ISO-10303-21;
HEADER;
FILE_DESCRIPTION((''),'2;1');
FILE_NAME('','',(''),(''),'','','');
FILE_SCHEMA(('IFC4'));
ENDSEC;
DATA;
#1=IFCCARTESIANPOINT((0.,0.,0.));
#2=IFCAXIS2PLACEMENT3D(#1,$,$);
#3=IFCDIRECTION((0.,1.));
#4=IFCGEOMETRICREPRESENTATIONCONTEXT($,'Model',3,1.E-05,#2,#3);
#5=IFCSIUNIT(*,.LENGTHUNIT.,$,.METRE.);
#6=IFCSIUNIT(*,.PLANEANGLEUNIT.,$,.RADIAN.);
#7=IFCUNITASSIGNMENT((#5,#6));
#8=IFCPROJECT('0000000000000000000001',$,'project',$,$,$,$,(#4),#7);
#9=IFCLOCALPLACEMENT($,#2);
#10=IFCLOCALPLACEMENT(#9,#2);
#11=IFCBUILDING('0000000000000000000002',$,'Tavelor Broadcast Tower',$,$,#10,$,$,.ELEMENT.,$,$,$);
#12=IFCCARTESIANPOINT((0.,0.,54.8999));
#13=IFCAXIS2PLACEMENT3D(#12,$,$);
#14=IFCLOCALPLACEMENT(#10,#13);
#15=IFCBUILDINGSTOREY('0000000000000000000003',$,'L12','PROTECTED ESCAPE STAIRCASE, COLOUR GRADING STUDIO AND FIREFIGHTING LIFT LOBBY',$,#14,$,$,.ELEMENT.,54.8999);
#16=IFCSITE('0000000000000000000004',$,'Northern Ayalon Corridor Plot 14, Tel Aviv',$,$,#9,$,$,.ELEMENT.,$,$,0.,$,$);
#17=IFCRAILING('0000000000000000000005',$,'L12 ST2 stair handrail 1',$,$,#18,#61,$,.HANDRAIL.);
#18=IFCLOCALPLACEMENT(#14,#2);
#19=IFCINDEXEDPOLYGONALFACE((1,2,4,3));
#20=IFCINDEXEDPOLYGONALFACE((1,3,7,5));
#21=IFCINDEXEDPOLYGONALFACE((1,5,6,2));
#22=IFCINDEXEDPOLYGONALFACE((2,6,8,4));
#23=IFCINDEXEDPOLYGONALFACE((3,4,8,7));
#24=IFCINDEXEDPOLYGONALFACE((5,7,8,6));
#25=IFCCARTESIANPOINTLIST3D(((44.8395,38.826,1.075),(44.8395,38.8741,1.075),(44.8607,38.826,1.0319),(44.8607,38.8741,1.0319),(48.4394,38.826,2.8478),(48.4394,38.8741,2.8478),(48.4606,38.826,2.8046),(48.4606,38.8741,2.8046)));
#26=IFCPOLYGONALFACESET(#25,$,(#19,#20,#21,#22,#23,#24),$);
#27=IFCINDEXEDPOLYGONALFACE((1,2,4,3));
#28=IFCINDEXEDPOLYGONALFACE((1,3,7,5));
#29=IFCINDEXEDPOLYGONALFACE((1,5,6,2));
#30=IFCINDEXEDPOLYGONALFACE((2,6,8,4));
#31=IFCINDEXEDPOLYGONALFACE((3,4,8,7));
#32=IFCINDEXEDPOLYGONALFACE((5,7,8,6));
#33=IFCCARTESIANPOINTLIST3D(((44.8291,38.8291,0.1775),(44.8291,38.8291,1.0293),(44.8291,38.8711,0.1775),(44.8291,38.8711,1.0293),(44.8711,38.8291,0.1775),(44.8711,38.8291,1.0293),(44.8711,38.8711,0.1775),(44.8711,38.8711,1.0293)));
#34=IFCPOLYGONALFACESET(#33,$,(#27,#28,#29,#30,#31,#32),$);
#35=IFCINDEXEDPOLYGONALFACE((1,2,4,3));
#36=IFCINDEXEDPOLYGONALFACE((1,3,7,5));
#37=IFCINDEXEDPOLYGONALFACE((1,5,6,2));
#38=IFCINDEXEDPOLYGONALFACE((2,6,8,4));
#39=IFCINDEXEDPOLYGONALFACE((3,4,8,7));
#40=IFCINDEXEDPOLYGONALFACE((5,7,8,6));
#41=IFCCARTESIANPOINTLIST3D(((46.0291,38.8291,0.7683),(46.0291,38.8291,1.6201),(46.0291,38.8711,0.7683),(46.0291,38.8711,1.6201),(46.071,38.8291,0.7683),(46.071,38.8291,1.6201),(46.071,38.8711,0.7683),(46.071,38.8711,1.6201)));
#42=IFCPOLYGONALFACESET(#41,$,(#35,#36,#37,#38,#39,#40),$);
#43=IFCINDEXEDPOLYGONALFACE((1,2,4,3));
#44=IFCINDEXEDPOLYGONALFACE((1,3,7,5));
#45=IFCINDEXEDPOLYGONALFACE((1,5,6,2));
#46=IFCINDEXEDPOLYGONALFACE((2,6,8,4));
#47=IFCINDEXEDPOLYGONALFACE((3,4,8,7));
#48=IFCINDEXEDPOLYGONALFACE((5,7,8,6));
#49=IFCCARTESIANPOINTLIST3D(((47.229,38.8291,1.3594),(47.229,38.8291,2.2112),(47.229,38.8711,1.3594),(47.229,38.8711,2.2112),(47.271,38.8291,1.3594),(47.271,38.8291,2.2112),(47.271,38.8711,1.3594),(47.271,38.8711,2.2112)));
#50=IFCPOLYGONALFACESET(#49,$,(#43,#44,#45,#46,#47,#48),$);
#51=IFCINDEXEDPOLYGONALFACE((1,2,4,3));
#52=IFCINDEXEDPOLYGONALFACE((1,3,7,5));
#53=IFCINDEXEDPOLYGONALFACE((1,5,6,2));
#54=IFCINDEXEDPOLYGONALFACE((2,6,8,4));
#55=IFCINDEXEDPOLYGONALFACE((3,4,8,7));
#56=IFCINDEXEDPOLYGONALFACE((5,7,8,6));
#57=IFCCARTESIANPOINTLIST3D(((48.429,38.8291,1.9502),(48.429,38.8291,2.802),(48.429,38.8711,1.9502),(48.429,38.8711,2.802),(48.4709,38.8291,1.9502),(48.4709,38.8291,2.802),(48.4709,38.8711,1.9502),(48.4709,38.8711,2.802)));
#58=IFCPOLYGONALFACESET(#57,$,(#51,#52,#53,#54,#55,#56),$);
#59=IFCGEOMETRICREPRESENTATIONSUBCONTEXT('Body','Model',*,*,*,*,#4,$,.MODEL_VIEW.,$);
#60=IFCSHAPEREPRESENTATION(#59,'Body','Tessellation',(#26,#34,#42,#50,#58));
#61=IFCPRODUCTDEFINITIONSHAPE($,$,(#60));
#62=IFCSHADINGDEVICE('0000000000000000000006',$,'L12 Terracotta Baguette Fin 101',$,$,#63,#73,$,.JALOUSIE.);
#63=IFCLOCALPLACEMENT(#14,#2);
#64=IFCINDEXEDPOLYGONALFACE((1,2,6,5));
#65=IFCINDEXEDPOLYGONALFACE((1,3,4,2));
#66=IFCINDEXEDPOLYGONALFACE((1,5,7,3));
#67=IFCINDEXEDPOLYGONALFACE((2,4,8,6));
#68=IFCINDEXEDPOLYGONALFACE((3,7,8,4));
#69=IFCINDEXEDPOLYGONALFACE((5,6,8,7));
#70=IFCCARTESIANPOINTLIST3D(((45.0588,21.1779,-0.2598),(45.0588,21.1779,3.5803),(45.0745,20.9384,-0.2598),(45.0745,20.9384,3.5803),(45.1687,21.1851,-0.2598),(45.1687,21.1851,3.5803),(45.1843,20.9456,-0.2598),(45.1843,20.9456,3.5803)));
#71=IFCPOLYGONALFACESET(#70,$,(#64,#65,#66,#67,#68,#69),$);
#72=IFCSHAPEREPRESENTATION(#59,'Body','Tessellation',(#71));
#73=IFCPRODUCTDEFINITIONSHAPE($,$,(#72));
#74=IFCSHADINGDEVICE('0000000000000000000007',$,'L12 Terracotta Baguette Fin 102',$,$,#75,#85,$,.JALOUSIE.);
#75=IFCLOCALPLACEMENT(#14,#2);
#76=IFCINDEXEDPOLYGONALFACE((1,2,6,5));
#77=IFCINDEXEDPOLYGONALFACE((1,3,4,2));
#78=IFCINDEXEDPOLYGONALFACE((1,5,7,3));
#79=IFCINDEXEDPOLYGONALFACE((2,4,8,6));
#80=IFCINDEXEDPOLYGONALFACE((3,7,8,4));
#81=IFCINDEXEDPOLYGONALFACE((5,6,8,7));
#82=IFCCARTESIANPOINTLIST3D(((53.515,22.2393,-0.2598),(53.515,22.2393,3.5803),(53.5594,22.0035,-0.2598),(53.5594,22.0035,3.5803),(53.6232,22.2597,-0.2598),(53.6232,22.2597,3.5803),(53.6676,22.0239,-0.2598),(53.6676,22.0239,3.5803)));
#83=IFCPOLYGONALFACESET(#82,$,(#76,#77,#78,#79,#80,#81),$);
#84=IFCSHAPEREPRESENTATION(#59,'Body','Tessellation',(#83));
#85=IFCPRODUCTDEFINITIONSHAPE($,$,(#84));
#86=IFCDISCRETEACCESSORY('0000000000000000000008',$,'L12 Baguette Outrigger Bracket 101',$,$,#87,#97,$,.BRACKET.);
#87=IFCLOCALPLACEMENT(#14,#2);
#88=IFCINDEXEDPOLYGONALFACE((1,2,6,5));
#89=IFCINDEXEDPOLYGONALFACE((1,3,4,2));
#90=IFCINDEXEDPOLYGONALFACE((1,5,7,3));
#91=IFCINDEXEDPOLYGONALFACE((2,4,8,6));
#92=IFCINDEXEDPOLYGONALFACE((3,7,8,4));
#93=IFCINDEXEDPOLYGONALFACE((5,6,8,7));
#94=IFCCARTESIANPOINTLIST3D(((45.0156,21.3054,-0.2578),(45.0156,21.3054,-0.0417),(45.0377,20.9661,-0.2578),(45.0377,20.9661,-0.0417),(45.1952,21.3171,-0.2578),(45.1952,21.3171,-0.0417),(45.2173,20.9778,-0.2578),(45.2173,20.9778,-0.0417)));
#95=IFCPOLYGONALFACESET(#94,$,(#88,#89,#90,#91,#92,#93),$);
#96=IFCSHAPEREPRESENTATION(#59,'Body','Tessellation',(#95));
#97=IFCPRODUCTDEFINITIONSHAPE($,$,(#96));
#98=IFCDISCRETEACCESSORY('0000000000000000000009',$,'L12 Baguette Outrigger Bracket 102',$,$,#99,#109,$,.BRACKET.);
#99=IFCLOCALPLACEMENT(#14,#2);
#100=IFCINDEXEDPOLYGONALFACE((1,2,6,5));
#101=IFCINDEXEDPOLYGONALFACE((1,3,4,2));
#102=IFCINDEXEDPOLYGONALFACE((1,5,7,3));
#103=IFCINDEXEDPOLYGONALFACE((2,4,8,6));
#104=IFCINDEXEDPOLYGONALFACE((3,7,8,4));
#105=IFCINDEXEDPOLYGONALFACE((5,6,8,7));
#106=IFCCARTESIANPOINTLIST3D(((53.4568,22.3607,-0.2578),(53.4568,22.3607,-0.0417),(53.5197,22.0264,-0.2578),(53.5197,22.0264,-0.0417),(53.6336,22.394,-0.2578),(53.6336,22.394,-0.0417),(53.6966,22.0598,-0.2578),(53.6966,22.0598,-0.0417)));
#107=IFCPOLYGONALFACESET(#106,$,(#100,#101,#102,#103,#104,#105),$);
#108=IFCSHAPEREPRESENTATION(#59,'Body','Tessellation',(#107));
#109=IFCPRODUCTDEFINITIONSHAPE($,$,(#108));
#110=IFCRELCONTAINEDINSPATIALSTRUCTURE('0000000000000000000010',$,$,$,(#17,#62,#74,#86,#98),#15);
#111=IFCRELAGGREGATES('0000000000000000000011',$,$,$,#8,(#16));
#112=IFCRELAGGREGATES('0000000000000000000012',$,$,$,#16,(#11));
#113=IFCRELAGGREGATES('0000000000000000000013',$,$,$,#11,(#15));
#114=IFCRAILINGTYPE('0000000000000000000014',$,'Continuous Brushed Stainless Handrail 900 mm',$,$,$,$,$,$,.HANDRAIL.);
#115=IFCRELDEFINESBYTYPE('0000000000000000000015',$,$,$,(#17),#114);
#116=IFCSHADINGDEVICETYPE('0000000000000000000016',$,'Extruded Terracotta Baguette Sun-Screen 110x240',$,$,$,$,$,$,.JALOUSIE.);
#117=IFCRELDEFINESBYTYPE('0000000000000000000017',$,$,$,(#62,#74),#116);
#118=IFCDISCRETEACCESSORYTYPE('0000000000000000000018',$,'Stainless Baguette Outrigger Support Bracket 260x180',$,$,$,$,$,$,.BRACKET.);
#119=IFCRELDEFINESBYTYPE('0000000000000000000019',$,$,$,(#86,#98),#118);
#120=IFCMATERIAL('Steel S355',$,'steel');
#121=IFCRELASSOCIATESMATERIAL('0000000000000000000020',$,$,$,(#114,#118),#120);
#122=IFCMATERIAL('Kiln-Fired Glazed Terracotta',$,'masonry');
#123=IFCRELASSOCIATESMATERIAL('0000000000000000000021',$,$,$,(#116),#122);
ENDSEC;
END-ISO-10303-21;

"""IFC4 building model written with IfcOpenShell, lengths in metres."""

from ifc_helpers import new_model, si_unit, direction, frame, origin, origin_2d, place, context, subcontext, project, spatial, rectangle, extrude, source, transform, mapped, material, type_object, type_shapes, element, save


model = new_model("IFC4")

# Units and contexts
model_context = context("Model", 3, precision=1e-05, world=origin(), true_north=direction((0.0, 1.0)))
body_context = subcontext(model_context, "Body", "Model", "MODEL_VIEW")
ifc_project = project(units=[si_unit("LENGTHUNIT", "METRE"), si_unit("PLANEANGLEUNIT", "RADIAN")], contexts=[model_context])

# Site, building, storey
site_placement = place(None, origin())
site = spatial("IfcSite", under=ifc_project, at=site_placement, Name="Northern Ayalon Corridor Plot 14, Tel Aviv", CompositionType="ELEMENT", RefElevation=0.0)
building_placement = place(site_placement, origin())
building = spatial("IfcBuilding", under=site, at=building_placement, Name="Tavelor Broadcast Tower", CompositionType="ELEMENT")
storey_placement = place(building_placement, frame((0.0, 0.0, 54.8999)))
storey = spatial("IfcBuildingStorey", under=building, at=storey_placement, Name="L12", Description="PROTECTED ESCAPE STAIRCASE, COLOUR GRADING STUDIO AND FIREFIGHTING LIFT LOBBY", CompositionType="ELEMENT", Elevation=54.8999)

# Shared definitions
ifc_material_1 = material(Name="Steel S355", Category="steel")

# Railing
railing_type = type_object("IfcRailingType", Name="Continuous Brushed Stainless Handrail 900 mm", PredefinedType="HANDRAIL", material=ifc_material_1)
railing_placement = place(storey_placement, frame((44.8501, 38.8501, 0.1775)))
element("IfcRailing", 1, at=railing_placement, inside=storey, type_object=railing_type, Name="L12 ST2 stair handrail 1", PredefinedType="HANDRAIL", context=body_context, shape_type="SweptSolid", body=[
    extrude(rectangle(XDim=0.0481, YDim=0.0481, at=origin_2d()), frame((0.0, 0.0, 0.876), z_axis=(0.897124, 0.0, 0.441778), x_axis=(0.0, 1.0, 0.0)), (0.0, 0.0, 1.0), 4.0127),
    extrude(rectangle(XDim=0.042, YDim=0.042, at=origin_2d()), origin(), (0.0, 0.0, 1.0), 0.8518),
    extrude(rectangle(XDim=0.042, YDim=0.042, at=origin_2d()), frame((1.2, 0.0, 0.5908)), (0.0, 0.0, 1.0), 0.8518),
    extrude(rectangle(XDim=0.042, YDim=0.042, at=origin_2d()), frame((2.3999, 0.0, 1.1819)), (0.0, 0.0, 1.0), 0.8518),
    extrude(rectangle(XDim=0.042, YDim=0.042, at=origin_2d()), frame((3.5999, 0.0, 1.7727)), (0.0, 0.0, 1.0), 0.8518),
])

# Shading devices
ifc_material_2 = material(Name="Kiln-Fired Glazed Terracotta", Category="masonry")
shading_device_type = type_object("IfcShadingDeviceType", Name="Extruded Terracotta Baguette Sun-Screen 110x240", PredefinedType="JALOUSIE", material=ifc_material_2)
shared_shape_1 = source(origin(), body_context, "Body", "SweptSolid", [
    extrude(rectangle(XDim=0.1101, YDim=0.24, at=origin_2d()), origin(), (0.0, 0.0, 1.0), 3.8401),
])
type_shapes(shading_device_type, [shared_shape_1])
for number, where, z_axis, x_axis, name in (
    (2, (45.1216, 21.0618, -0.2598), (0.0, 0.0, 1.0), (0.997882, 0.065055, 0.0), "L12 Terracotta Baguette Fin 101"),
    (3, (53.5913, 22.1316, -0.2598), (0.0, 0.0, 1.0), (0.98271, 0.185152, 0.0), "L12 Terracotta Baguette Fin 102"),
):
    element("IfcShadingDevice", number, at=place(storey_placement, frame(where, z_axis=z_axis, x_axis=x_axis)), inside=storey, type_object=shading_device_type, Name=name, PredefinedType="JALOUSIE", context=body_context, shape_type="MappedRepresentation", body=[
        mapped(shared_shape_1, transform((0.0, 0.0, 0.0), scale=1.0)),
    ])

# Discrete accessories
discrete_accessory_type = type_object("IfcDiscreteAccessoryType", Name="Stainless Baguette Outrigger Support Bracket 260x180", PredefinedType="BRACKET", material=ifc_material_1)
shared_shape_2 = source(origin(), body_context, "Body", "SweptSolid", [
    extrude(rectangle(XDim=0.1799, YDim=0.3401, at=origin_2d()), origin(), (0.0, 0.0, 1.0), 0.2161),
])
type_shapes(discrete_accessory_type, [shared_shape_2])
for number, where, z_axis, x_axis, name in (
    (4, (45.1165, 21.1416, -0.2578), (0.0, 0.0, 1.0), (0.997882, 0.065055, 0.0), "L12 Baguette Outrigger Bracket 101"),
    (5, (53.5767, 22.2102, -0.2578), (0.0, 0.0, 1.0), (0.98271, 0.185152, 0.0), "L12 Baguette Outrigger Bracket 102"),
):
    element("IfcDiscreteAccessory", number, at=place(storey_placement, frame(where, z_axis=z_axis, x_axis=x_axis)), inside=storey, type_object=discrete_accessory_type, Name=name, PredefinedType="BRACKET", context=body_context, shape_type="MappedRepresentation", body=[
        mapped(shared_shape_2, transform((0.0, 0.0, 0.0), scale=1.0)),
    ])

save(model, "model.ifc")
